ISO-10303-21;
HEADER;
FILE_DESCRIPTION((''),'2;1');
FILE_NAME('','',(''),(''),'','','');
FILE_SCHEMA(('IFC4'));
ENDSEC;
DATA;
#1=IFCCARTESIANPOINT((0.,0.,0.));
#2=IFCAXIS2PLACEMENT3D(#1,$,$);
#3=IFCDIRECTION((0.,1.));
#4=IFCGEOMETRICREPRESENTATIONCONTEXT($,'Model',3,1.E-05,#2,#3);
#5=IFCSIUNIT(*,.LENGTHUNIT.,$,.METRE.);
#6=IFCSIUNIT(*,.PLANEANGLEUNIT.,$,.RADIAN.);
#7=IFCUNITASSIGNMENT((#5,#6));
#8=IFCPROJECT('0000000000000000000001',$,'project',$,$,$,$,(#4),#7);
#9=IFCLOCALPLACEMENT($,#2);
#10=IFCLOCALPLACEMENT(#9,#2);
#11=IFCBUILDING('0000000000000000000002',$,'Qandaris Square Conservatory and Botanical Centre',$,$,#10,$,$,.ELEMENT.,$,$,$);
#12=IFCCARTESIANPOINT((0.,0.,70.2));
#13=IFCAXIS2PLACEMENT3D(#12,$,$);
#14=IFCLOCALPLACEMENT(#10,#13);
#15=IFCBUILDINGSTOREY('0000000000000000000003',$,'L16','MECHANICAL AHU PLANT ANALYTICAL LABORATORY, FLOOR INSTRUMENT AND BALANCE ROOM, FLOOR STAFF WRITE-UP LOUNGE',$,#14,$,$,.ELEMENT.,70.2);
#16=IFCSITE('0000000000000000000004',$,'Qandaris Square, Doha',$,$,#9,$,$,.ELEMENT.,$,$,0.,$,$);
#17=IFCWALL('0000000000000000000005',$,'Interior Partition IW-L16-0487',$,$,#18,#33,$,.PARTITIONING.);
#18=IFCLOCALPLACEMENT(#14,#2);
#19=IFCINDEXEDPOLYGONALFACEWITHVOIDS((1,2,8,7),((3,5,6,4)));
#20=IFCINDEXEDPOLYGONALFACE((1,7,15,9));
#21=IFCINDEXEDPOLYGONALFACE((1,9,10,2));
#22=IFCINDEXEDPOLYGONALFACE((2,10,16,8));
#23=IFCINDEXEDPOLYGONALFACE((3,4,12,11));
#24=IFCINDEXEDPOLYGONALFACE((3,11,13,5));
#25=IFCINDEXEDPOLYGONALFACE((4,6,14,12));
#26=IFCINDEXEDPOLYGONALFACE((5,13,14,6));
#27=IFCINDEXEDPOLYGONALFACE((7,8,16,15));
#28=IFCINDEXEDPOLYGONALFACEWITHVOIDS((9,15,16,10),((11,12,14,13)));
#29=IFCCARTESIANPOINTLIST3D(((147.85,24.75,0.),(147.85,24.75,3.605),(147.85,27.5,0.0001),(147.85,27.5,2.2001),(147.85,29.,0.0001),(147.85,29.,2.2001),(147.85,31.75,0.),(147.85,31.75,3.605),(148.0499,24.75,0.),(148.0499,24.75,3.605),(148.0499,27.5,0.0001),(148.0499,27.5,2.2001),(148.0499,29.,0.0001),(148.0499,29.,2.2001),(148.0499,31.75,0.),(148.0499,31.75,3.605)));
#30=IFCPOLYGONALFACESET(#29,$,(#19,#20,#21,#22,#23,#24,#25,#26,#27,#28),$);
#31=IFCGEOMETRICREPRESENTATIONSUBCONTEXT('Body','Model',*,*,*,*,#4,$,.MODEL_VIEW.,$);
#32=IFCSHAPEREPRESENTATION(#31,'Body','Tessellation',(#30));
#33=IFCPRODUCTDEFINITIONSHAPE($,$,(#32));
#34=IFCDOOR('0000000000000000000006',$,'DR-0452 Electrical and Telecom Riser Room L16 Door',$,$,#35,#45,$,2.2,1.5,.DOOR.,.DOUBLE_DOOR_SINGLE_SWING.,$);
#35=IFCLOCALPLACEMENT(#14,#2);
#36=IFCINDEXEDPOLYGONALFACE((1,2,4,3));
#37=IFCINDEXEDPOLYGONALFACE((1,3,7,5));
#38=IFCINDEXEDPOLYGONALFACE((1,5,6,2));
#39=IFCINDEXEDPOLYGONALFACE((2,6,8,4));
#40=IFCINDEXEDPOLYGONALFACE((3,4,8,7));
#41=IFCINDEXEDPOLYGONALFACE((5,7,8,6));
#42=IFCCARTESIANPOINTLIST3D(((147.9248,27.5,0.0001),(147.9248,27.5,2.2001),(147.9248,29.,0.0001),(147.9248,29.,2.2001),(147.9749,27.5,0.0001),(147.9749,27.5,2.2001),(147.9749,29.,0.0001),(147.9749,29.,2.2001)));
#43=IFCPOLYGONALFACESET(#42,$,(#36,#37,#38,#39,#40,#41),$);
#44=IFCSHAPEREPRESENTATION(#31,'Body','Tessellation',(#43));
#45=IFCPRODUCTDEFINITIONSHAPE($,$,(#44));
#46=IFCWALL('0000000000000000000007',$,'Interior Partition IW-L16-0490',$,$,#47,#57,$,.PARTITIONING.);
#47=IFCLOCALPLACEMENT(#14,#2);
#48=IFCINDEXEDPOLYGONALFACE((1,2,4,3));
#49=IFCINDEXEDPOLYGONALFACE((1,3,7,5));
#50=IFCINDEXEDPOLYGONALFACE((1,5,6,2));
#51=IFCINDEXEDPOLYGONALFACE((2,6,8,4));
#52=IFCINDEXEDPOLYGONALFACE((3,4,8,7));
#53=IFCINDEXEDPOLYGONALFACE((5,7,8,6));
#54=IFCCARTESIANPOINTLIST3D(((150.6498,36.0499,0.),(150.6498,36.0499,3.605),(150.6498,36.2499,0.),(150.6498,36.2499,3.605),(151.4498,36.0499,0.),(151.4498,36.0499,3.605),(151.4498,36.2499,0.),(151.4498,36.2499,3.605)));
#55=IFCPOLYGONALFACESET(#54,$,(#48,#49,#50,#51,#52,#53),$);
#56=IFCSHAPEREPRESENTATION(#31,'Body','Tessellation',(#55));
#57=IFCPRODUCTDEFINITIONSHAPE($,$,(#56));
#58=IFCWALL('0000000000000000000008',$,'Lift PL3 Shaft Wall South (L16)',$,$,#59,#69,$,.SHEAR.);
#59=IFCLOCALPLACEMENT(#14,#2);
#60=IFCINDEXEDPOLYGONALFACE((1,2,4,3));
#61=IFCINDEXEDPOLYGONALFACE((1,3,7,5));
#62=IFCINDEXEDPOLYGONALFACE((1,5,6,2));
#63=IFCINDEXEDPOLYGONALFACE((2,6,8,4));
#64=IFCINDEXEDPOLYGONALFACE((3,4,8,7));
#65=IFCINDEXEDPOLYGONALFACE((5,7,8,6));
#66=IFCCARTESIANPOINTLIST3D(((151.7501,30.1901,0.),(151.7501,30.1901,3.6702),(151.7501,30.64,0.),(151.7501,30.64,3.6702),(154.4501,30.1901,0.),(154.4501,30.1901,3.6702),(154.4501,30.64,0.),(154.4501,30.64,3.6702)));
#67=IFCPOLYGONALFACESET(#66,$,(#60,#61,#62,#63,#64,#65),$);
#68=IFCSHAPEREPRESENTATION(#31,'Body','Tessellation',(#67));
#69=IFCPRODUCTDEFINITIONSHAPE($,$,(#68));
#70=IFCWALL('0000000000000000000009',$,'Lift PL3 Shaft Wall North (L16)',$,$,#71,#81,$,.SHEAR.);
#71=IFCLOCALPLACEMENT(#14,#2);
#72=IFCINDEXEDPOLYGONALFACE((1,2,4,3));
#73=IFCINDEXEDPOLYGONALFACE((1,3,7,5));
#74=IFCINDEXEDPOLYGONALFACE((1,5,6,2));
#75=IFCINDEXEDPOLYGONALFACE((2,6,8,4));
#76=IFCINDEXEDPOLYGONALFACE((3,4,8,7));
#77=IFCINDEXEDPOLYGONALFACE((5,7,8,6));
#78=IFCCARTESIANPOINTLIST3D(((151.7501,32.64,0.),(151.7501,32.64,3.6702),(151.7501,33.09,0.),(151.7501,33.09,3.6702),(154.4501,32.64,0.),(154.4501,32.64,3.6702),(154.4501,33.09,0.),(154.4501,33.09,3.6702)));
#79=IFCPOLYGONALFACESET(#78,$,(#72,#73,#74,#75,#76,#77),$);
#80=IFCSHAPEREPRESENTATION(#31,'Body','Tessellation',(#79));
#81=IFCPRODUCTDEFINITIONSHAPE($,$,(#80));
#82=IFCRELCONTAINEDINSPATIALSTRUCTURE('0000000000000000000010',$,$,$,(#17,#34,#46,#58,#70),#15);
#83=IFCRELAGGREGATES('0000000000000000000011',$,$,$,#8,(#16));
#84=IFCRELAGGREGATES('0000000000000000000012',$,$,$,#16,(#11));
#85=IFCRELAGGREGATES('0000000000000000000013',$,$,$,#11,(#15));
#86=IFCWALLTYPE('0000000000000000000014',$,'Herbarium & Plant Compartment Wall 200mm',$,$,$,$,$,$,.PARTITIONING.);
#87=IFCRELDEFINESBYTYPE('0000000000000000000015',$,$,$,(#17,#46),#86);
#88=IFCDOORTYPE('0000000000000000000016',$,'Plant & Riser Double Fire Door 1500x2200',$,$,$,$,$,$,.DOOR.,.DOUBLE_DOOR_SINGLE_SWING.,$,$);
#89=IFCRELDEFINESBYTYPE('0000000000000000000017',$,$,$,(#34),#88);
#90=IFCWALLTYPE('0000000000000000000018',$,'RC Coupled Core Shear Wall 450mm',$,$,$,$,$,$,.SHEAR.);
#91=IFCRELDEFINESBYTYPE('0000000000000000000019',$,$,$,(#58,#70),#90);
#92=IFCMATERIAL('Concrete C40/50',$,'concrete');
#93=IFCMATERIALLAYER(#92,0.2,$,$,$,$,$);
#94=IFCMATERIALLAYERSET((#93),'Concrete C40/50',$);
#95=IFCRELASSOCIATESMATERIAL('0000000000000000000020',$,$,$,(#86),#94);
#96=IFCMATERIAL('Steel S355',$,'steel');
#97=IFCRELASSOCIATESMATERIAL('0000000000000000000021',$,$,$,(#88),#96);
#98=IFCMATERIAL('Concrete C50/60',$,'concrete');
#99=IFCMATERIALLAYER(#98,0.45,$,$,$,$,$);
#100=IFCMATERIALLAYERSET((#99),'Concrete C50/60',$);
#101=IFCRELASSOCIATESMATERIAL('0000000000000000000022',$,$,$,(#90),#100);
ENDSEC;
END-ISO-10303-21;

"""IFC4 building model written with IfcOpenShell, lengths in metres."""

from ifc_helpers import new_model, si_unit, direction, frame, frame_2d, origin, place, context, subcontext, project, spatial, rectangle, extrude, material, layer, layer_set, type_object, element, fill, save


model = new_model("IFC4")

# Units and contexts
model_context = context("Model", 3, precision=1e-05, world=origin(), true_north=direction((0.0, 1.0)))
body_context = subcontext(model_context, "Body", "Model", "MODEL_VIEW")
ifc_project = project(units=[si_unit("LENGTHUNIT", "METRE"), si_unit("PLANEANGLEUNIT", "RADIAN")], contexts=[model_context])

# Site, building, storey
site_placement = place(None, origin())
site = spatial("IfcSite", under=ifc_project, at=site_placement, Name="Qandaris Square, Doha", CompositionType="ELEMENT", RefElevation=0.0)
building_placement = place(site_placement, origin())
building = spatial("IfcBuilding", under=site, at=building_placement, Name="Qandaris Square Conservatory and Botanical Centre", CompositionType="ELEMENT")
storey_placement = place(building_placement, frame((0.0, 0.0, 70.2)))
storey = spatial("IfcBuildingStorey", under=building, at=storey_placement, Name="L16", Description="MECHANICAL AHU PLANT ANALYTICAL LABORATORY, FLOOR INSTRUMENT AND BALANCE ROOM, FLOOR STAFF WRITE-UP LOUNGE", CompositionType="ELEMENT", Elevation=70.2)

# Shared definitions
ifc_material_1 = material(Name="Concrete C50/60", Category="concrete")

# Shared definitions
ifc_material_2 = material(Name="Steel S355", Category="steel")

# Shared definitions
ifc_material_3 = material(Name="Concrete C40/50", Category="concrete")

# Wall, opening, door
ifc_layer_1 = layer(ifc_material_3, 0.2)
ifc_layer_set_1 = layer_set([ifc_layer_1], Name="Concrete C40/50")
wall_type_1 = type_object("IfcWallType", Name="Herbarium & Plant Compartment Wall 200mm", PredefinedType="PARTITIONING", material=ifc_layer_set_1)
wall_1_placement = place(storey_placement, frame((147.95, 31.75, 0.0), z_axis=(0.0, 0.0, 1.0), x_axis=(0.0, -1.0, 0.0)))
wall_1 = element("IfcWall", 1, at=wall_1_placement, inside=storey, type_object=wall_type_1, Name="Interior Partition IW-L16-0487", PredefinedType="PARTITIONING", context=body_context, shape_type="SweptSolid", body=[
    extrude(rectangle(XDim=7.0, YDim=0.2, at=frame_2d((3.5, 0.0))), origin(), (0.0, 0.0, 1.0), 3.605),
])
opening_placement = place(wall_1_placement, frame((2.75, 0.0, 0.0)))
opening = element("IfcOpeningElement", 2, at=opening_placement, cuts=wall_1, PredefinedType="OPENING", context=body_context, shape_type="SweptSolid", body=[
    extrude(rectangle(XDim=1.5, YDim=2.2, at=frame_2d((0.75, 1.1001))), frame((0.0, 0.1118, 0.0), z_axis=(0.0, -1.0, 0.0), x_axis=(1.0, 0.0, 0.0)), (0.0, 0.0, 1.0), 0.2239),
])
door_type = type_object("IfcDoorType", Name="Plant & Riser Double Fire Door 1500x2200", OperationType="DOUBLE_DOOR_SINGLE_SWING", PredefinedType="DOOR", material=ifc_material_2)
door_placement = place(opening_placement, origin())
door = element("IfcDoor", 3, at=door_placement, inside=storey, type_object=door_type, Name="DR-0452 Electrical and Telecom Riser Room L16 Door", OperationType="DOUBLE_DOOR_SINGLE_SWING", OverallHeight=2.2, OverallWidth=1.5, PredefinedType="DOOR", context=body_context, shape_type="SweptSolid", body=[
    extrude(rectangle(XDim=1.5, YDim=2.2, at=frame_2d((0.75, 1.1001))), frame((0.0, 0.0249, 0.0), z_axis=(0.0, -1.0, 0.0), x_axis=(1.0, 0.0, 0.0)), (0.0, 0.0, 1.0), 0.05),
])
fill(opening, door)

# Walls
wall_2_placement = place(storey_placement, frame((150.6499, 36.1499, 0.0), z_axis=(0.0, 0.0, 1.0), x_axis=(1.0, 0.0, 0.0)))
element("IfcWall", 4, at=wall_2_placement, inside=storey, type_object=wall_type_1, Name="Interior Partition IW-L16-0490", PredefinedType="PARTITIONING", context=body_context, shape_type="SweptSolid", body=[
    extrude(rectangle(XDim=0.8, YDim=0.2, at=frame_2d((0.3999, 0.0))), origin(), (0.0, 0.0, 1.0), 3.605),
])
ifc_layer_2 = layer(ifc_material_1, 0.45)
ifc_layer_set_2 = layer_set([ifc_layer_2], Name="Concrete C50/60")
wall_type_2 = type_object("IfcWallType", Name="RC Coupled Core Shear Wall 450mm", PredefinedType="SHEAR", material=ifc_layer_set_2)
for number, where, z_axis, x_axis, name in (
    (5, (151.75, 30.415, 0.0), (0.0, 0.0, 1.0), (1.0, 0.0, 0.0), "Lift PL3 Shaft Wall South (L16)"),
    (6, (151.75, 32.865, 0.0), (0.0, 0.0, 1.0), (1.0, 0.0, 0.0), "Lift PL3 Shaft Wall North (L16)"),
):
    element("IfcWall", number, at=place(storey_placement, frame(where, z_axis=z_axis, x_axis=x_axis)), inside=storey, type_object=wall_type_2, Name=name, PredefinedType="SHEAR", context=body_context, shape_type="SweptSolid", body=[
        extrude(rectangle(XDim=2.7, YDim=0.45, at=frame_2d((1.3501, 0.0))), origin(), (0.0, 0.0, 1.0), 3.6702),
    ])

save(model, "model.ifc")
